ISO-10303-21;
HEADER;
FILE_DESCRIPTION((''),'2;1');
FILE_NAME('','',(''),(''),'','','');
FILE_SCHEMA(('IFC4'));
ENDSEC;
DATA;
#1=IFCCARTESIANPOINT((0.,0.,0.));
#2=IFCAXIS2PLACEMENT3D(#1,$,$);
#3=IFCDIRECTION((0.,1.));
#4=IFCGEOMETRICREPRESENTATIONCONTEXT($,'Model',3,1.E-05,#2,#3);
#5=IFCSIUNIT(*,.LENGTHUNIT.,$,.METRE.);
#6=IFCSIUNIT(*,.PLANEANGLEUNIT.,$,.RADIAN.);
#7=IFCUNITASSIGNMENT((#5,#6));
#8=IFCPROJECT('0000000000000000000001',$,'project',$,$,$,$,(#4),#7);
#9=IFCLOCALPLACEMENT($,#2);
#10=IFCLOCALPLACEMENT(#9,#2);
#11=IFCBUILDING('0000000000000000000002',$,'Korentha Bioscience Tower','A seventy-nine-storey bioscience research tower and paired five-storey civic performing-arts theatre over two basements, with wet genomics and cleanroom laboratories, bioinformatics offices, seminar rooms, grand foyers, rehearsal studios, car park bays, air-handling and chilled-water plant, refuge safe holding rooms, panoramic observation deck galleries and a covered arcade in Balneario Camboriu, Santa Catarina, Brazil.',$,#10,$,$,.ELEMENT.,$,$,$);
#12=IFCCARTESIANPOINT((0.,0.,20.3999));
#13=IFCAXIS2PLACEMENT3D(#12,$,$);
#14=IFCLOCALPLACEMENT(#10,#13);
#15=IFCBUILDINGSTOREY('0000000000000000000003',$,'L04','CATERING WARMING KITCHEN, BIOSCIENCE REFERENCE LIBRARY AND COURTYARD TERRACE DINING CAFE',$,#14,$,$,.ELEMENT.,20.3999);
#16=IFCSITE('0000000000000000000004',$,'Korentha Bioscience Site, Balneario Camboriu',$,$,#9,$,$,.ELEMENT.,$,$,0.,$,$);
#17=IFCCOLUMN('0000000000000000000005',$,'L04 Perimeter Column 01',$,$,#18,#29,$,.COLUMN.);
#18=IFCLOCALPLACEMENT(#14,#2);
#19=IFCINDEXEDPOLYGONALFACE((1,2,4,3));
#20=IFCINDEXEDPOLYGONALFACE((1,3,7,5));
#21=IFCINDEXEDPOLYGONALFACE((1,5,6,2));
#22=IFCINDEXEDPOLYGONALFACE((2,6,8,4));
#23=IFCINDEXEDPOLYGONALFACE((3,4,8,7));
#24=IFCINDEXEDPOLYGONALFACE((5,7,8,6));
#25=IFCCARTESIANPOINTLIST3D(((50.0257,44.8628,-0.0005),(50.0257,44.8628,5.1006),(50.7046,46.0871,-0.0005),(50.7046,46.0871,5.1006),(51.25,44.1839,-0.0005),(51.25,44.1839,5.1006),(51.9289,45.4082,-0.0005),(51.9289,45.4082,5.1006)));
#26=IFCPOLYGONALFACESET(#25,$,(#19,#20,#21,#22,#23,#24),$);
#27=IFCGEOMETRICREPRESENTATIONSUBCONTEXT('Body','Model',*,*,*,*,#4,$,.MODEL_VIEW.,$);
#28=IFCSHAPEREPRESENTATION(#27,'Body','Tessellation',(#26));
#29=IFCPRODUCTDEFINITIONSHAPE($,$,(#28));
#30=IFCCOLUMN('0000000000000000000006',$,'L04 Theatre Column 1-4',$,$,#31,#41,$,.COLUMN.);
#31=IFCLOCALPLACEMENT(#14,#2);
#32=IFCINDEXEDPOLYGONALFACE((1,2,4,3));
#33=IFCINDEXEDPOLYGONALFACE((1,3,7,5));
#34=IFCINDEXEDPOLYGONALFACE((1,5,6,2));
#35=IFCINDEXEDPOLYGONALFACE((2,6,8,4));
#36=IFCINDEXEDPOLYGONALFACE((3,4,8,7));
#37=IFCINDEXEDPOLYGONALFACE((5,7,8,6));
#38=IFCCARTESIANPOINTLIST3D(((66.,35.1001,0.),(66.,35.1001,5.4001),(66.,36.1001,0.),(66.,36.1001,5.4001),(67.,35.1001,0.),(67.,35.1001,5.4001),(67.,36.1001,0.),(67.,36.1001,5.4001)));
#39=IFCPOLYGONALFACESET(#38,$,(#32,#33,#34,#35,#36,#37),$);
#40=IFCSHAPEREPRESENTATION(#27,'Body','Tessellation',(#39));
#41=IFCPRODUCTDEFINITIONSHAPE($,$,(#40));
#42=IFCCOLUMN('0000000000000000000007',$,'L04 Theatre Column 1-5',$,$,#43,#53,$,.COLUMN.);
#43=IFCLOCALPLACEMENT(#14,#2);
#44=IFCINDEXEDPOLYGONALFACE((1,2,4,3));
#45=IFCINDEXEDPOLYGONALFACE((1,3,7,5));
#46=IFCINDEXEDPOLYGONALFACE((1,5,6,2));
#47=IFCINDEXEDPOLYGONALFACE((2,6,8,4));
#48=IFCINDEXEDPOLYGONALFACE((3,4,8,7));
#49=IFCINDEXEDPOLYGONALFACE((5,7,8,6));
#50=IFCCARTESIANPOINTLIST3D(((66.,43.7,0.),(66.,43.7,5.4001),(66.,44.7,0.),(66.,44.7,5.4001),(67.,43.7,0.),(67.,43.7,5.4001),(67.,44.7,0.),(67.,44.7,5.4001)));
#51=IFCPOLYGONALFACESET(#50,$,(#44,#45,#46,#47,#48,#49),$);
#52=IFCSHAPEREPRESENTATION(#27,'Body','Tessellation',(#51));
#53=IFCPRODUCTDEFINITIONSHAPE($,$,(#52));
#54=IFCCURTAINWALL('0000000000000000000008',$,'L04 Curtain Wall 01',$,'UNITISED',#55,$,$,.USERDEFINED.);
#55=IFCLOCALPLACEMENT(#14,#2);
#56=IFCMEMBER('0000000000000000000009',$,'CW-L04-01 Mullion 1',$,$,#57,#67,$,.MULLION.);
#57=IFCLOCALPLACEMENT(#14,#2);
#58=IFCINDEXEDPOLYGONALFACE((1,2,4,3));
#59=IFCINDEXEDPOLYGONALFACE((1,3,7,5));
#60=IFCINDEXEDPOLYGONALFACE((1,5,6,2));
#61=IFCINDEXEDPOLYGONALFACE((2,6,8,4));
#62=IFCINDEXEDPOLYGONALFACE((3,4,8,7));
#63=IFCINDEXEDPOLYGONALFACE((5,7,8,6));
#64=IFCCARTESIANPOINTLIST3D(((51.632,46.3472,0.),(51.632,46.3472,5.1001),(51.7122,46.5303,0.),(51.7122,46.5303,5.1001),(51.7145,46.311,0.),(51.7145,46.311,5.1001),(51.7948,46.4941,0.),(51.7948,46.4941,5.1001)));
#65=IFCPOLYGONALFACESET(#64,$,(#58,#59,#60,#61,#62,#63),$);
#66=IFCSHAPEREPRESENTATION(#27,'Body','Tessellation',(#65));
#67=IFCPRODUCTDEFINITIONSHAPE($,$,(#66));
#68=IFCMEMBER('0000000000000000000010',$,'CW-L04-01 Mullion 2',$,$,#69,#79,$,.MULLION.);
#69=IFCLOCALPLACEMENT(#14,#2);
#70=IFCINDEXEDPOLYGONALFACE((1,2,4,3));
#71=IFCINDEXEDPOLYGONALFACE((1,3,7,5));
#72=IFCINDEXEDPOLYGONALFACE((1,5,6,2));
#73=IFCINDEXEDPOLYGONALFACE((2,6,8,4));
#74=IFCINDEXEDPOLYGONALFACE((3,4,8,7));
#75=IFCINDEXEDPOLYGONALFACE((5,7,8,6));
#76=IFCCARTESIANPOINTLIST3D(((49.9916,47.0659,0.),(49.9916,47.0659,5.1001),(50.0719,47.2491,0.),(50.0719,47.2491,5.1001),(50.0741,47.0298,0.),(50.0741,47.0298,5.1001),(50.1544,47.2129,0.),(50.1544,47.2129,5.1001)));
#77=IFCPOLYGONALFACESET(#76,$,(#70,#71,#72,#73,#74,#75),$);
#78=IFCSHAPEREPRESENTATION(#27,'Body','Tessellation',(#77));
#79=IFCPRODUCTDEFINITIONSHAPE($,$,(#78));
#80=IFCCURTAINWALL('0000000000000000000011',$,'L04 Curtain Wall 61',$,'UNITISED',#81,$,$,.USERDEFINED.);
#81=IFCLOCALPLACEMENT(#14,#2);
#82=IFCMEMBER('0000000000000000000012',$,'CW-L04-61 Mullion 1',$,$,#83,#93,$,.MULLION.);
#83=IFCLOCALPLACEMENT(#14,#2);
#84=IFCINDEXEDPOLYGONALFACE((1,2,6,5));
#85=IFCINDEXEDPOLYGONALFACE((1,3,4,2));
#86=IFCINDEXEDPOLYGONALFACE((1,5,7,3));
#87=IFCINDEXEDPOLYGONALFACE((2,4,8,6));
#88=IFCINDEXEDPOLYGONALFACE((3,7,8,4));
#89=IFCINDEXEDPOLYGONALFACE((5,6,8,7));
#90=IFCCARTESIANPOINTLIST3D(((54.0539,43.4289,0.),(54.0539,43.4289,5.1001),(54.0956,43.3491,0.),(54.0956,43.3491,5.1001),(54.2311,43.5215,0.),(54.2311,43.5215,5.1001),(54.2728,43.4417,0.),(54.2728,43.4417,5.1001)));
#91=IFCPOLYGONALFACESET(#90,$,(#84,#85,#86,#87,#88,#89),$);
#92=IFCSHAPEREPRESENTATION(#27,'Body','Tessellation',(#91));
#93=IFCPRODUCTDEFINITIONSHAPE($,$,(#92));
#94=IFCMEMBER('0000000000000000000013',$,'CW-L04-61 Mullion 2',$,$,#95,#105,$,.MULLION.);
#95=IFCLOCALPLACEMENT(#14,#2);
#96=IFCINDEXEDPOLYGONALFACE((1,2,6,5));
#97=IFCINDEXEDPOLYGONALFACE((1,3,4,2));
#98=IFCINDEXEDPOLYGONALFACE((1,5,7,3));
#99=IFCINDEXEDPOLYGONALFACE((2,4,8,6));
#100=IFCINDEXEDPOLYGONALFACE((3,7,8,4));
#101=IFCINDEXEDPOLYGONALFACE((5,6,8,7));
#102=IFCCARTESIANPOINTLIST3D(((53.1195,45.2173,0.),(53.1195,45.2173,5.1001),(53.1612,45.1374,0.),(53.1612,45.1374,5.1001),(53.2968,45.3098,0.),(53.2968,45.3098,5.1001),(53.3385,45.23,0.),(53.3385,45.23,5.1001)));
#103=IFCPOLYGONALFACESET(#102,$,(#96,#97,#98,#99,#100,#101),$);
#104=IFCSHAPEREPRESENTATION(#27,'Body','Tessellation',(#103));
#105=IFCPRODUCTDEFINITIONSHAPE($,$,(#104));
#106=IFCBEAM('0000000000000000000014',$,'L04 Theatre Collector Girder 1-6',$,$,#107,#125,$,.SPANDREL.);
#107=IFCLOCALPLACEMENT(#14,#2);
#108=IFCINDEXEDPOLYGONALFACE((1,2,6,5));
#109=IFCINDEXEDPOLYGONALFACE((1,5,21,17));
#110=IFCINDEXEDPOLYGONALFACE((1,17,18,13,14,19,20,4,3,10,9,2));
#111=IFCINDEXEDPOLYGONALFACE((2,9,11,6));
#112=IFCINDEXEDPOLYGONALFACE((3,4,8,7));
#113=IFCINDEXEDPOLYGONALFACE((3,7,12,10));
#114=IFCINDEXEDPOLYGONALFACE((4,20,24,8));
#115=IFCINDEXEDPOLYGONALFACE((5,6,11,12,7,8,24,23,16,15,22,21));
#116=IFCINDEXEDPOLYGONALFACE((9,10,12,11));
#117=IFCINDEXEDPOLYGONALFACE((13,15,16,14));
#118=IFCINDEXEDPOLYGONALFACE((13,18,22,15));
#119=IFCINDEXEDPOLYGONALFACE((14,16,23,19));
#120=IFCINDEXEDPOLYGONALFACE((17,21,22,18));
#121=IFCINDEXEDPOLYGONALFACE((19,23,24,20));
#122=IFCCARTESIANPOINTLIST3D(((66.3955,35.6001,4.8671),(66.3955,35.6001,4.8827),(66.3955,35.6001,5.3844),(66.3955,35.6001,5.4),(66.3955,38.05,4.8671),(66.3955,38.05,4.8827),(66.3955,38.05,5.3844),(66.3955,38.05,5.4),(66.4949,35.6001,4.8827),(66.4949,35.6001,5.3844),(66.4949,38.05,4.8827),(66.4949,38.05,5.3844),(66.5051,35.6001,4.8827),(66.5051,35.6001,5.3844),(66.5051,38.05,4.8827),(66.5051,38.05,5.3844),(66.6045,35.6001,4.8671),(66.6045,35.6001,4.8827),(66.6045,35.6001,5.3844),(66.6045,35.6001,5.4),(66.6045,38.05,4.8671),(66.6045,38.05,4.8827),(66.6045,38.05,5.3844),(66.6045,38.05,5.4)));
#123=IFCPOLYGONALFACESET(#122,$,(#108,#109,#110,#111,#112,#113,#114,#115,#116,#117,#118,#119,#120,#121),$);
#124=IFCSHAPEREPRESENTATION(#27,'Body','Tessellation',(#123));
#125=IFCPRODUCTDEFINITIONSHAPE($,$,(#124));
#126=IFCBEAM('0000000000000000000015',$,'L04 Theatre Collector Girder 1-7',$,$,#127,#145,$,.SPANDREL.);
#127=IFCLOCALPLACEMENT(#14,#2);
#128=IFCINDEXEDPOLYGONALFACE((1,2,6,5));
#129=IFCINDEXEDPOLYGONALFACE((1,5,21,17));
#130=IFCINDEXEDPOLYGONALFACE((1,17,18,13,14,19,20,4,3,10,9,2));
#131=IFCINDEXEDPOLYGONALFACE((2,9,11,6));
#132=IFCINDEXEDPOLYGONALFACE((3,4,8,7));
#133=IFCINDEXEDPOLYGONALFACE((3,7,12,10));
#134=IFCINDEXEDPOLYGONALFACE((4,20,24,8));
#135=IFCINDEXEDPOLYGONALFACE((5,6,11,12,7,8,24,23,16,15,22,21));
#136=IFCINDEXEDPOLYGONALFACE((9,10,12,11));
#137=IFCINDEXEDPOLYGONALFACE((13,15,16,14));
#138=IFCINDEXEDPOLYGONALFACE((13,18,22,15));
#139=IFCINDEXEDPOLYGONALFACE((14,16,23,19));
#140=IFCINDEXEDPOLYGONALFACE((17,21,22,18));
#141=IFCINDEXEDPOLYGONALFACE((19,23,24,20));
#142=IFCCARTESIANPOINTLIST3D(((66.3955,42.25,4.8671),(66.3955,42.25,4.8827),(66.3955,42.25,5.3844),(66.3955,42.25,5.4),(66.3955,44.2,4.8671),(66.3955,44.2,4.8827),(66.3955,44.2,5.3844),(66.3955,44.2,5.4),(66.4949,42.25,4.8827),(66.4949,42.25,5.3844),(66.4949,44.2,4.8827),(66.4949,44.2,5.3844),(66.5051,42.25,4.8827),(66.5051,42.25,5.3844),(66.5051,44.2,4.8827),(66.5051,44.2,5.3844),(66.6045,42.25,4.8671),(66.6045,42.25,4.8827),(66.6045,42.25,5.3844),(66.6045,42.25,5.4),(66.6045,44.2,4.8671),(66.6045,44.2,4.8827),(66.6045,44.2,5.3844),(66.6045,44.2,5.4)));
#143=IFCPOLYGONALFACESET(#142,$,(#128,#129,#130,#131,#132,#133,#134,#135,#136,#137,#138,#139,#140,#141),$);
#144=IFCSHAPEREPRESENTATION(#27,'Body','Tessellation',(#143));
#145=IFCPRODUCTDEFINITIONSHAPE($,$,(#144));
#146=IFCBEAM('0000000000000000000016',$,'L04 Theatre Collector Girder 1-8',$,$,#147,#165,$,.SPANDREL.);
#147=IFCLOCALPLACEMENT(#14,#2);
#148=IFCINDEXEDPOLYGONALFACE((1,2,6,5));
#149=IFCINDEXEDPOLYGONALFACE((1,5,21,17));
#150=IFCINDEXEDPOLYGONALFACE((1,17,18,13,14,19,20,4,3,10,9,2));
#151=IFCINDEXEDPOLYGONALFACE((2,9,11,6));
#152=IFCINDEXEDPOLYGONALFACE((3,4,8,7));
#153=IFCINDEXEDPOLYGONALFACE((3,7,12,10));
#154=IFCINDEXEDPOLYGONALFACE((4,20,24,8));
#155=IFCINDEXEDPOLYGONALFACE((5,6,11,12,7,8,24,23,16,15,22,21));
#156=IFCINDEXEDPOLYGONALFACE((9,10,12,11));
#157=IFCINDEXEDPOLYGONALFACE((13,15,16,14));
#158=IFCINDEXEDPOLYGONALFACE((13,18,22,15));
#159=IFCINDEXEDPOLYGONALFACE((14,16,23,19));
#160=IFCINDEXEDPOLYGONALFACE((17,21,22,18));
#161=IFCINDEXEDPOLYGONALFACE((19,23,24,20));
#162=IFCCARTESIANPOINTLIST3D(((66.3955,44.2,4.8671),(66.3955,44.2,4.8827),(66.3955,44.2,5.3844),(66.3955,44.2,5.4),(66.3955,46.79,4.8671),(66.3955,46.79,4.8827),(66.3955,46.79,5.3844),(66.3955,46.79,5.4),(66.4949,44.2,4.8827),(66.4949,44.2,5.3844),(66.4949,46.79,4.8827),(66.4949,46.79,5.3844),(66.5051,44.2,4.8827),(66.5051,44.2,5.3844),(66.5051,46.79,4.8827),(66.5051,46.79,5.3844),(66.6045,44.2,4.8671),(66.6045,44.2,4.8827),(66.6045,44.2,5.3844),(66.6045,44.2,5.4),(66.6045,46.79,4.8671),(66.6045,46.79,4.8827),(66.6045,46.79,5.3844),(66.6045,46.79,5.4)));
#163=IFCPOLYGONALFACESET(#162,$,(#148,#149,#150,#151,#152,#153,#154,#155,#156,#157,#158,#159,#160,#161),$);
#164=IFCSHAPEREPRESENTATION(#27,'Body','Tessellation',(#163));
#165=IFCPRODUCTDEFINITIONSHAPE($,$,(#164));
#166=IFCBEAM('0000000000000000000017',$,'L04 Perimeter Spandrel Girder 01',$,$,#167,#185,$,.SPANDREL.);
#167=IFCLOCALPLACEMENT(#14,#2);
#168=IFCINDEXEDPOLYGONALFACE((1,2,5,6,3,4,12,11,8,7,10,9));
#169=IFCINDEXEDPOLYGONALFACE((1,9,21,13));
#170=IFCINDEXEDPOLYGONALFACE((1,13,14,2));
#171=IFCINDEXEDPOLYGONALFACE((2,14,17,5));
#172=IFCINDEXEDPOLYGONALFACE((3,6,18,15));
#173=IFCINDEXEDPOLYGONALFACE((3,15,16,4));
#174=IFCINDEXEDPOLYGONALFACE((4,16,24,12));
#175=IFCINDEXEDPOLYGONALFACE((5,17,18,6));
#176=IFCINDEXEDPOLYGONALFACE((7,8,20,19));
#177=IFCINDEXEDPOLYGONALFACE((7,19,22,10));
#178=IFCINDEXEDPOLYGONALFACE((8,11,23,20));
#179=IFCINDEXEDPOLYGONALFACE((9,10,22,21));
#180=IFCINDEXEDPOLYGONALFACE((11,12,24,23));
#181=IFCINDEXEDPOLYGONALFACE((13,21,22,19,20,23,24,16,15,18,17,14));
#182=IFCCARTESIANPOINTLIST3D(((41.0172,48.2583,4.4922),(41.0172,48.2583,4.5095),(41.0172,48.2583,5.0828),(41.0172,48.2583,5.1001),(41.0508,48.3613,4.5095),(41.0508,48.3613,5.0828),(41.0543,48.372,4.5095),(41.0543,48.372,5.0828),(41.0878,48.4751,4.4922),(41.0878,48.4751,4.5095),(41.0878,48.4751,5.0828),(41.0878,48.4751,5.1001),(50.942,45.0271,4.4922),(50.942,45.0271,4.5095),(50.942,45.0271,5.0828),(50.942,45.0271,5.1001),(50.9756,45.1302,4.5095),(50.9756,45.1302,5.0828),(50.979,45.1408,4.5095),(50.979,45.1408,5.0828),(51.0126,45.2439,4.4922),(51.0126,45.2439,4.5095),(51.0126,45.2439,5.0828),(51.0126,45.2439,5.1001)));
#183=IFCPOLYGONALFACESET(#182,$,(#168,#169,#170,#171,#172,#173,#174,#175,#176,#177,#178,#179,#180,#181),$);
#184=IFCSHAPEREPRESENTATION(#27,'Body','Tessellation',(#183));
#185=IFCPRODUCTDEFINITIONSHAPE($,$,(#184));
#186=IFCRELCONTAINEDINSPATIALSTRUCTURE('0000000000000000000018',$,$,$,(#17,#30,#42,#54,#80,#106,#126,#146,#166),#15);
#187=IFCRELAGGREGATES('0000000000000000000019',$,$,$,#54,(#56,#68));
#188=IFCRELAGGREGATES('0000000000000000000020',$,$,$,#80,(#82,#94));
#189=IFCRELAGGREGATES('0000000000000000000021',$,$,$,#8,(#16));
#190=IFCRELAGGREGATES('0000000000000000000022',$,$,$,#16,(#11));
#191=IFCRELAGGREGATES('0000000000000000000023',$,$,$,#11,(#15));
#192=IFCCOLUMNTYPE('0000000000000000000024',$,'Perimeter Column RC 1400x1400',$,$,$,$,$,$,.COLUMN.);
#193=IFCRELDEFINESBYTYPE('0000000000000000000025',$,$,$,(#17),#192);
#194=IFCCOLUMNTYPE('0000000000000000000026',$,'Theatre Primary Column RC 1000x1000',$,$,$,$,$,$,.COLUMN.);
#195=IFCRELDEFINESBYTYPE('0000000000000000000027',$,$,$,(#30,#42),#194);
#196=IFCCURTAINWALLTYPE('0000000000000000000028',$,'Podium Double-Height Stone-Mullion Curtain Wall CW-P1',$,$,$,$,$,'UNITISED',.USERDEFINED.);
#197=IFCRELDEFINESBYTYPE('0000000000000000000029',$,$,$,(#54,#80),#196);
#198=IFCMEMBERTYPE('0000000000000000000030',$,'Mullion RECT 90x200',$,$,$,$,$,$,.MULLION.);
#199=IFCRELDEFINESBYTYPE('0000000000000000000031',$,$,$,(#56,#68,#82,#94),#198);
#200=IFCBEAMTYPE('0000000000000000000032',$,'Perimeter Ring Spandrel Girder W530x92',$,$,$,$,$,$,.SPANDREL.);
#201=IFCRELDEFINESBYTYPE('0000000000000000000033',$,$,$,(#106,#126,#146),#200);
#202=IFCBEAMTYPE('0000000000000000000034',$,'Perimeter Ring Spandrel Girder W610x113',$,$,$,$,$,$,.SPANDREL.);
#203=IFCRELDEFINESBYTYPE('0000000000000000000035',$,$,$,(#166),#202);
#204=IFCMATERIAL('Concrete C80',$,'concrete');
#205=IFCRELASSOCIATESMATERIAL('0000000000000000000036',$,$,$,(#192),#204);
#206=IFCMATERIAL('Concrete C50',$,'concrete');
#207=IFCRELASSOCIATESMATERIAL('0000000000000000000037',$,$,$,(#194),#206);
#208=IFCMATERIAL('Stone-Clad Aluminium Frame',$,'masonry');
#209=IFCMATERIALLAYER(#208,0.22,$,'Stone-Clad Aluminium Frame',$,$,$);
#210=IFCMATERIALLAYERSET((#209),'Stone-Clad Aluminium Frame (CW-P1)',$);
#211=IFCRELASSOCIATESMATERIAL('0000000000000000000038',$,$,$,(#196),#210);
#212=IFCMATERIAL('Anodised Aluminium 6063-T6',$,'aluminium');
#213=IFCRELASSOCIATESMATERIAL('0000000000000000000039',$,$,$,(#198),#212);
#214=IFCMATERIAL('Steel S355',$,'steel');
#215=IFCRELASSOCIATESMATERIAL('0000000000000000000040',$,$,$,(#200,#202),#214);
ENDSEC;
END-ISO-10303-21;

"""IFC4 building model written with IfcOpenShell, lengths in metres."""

from ifc_helpers import new_model, si_unit, direction, frame, origin, origin_2d, place, context, subcontext, project, spatial, rectangle, i_section, extrude, material, layer, layer_set, material_profile, profile_set, type_object, element, aggregate, save


model = new_model("IFC4")

# Units and contexts
model_context = context("Model", 3, precision=1e-05, world=origin(), true_north=direction((0.0, 1.0)))
body_context = subcontext(model_context, "Body", "Model", "MODEL_VIEW")
ifc_project = project(units=[si_unit("LENGTHUNIT", "METRE"), si_unit("PLANEANGLEUNIT", "RADIAN")], contexts=[model_context])

# Site, building, storey
site_placement = place(None, origin())
site = spatial("IfcSite", under=ifc_project, at=site_placement, Name="Korentha Bioscience Site, Balneario Camboriu", CompositionType="ELEMENT", RefElevation=0.0)
building_placement = place(site_placement, origin())
building = spatial("IfcBuilding", under=site, at=building_placement, Name="Korentha Bioscience Tower", Description="A seventy-nine-storey bioscience research tower and paired five-storey civic performing-arts theatre over two basements, with wet genomics and cleanroom laboratories, bioinformatics offices, seminar rooms, grand foyers, rehearsal studios, car park bays, air-handling and chilled-water plant, refuge safe holding rooms, panoramic observation deck galleries and a covered arcade in Balneario Camboriu, Santa Catarina, Brazil.", CompositionType="ELEMENT")
storey_placement = place(building_placement, frame((0.0, 0.0, 20.3999)))
storey = spatial("IfcBuildingStorey", under=building, at=storey_placement, Name="L04", Description="CATERING WARMING KITCHEN, BIOSCIENCE REFERENCE LIBRARY AND COURTYARD TERRACE DINING CAFE", CompositionType="ELEMENT", Elevation=20.3999)

# Columns
ifc_material_1 = material(Name="Concrete C80", Category="concrete")
ifc_material_profile_1 = material_profile(ifc_material_1, rectangle(XDim=1.3999, YDim=1.3999, at=origin_2d()), Name="Concrete C80")
ifc_profile_set_1 = profile_set([ifc_material_profile_1], Name="Concrete C80 (COL-P14)")
column_type_1 = type_object("IfcColumnType", Name="Perimeter Column RC 1400x1400", PredefinedType="COLUMN", material=ifc_profile_set_1)
column_placement = place(storey_placement, frame((50.9773, 45.1355, -0.0005), z_axis=(0.0, 0.0, 1.0), x_axis=(-0.874535, 0.484962, 0.0)))
element("IfcColumn", 1, at=column_placement, inside=storey, type_object=column_type_1, Name="L04 Perimeter Column 01", PredefinedType="COLUMN", context=body_context, shape_type="SweptSolid", body=[
    extrude(rectangle(XDim=1.3999, YDim=1.3999, at=origin_2d()), origin(), (0.0, 0.0, 1.0), 5.1011),
])
ifc_material_2 = material(Name="Concrete C50", Category="concrete")
ifc_material_profile_2 = material_profile(ifc_material_2, rectangle(XDim=1.0, YDim=1.0, at=origin_2d()), Name="Concrete C50")
ifc_profile_set_2 = profile_set([ifc_material_profile_2], Name="Concrete C50 (TC-01)")
column_type_2 = type_object("IfcColumnType", Name="Theatre Primary Column RC 1000x1000", PredefinedType="COLUMN", material=ifc_profile_set_2)
for number, where, z_axis, x_axis, name in (
    (2, (66.5, 35.6001, 0.0), (0.0, 0.0, 1.0), (1.0, 0.0, 0.0), "L04 Theatre Column 1-4"),
    (3, (66.5, 44.2, 0.0), (0.0, 0.0, 1.0), (1.0, 0.0, 0.0), "L04 Theatre Column 1-5"),
):
    element("IfcColumn", number, at=place(storey_placement, frame(where, z_axis=z_axis, x_axis=x_axis)), inside=storey, type_object=column_type_2, Name=name, PredefinedType="COLUMN", context=body_context, shape_type="SweptSolid", body=[
        extrude(rectangle(XDim=1.0, YDim=1.0, at=origin_2d()), origin(), (0.0, 0.0, 1.0), 5.4001),
    ])

# Curtain walls, members
ifc_material_3 = material(Name="Stone-Clad Aluminium Frame", Category="masonry")
ifc_layer_1 = layer(ifc_material_3, 0.22, Name="Stone-Clad Aluminium Frame")
ifc_layer_set_1 = layer_set([ifc_layer_1], Name="Stone-Clad Aluminium Frame (CW-P1)")
curtain_wall_type = type_object("IfcCurtainWallType", Name="Podium Double-Height Stone-Mullion Curtain Wall CW-P1", ElementType="UNITISED", PredefinedType="USERDEFINED", material=ifc_layer_set_1)
curtain_wall_1_placement = place(storey_placement, origin())
curtain_wall_1 = element("IfcCurtainWall", 4, at=curtain_wall_1_placement, inside=storey, type_object=curtain_wall_type, Name="L04 Curtain Wall 01", ObjectType="UNITISED", PredefinedType="USERDEFINED")
ifc_material_4 = material(Name="Anodised Aluminium 6063-T6", Category="aluminium")
ifc_material_profile_3 = material_profile(ifc_material_4, rectangle(XDim=0.0901, YDim=0.2, at=origin_2d()), Name="Anodised Aluminium 6063-T6")
ifc_profile_set_3 = profile_set([ifc_material_profile_3], Name="Anodised Aluminium 6063-T6 (CW-MUL)")
member_type_1 = type_object("IfcMemberType", Name="Mullion RECT 90x200", PredefinedType="MULLION", material=ifc_profile_set_3)
member_1_placement = place(storey_placement, frame((51.7134, 46.4207, 0.0), z_axis=(0.0, 0.0, 1.0), x_axis=(-0.915939, 0.401317, 0.0)))
member_1 = element("IfcMember", 5, at=member_1_placement, type_object=member_type_1, Name="CW-L04-01 Mullion 1", PredefinedType="MULLION", context=body_context, shape_type="SweptSolid", body=[
    extrude(rectangle(XDim=0.0901, YDim=0.2, at=origin_2d()), origin(), (0.0, 0.0, 1.0), 5.1001),
])
member_2_placement = place(storey_placement, frame((50.073, 47.1394, 0.0), z_axis=(0.0, 0.0, 1.0), x_axis=(-0.915939, 0.401317, 0.0)))
member_2 = element("IfcMember", 6, at=member_2_placement, type_object=member_type_1, Name="CW-L04-01 Mullion 2", PredefinedType="MULLION", context=body_context, shape_type="SweptSolid", body=[
    extrude(rectangle(XDim=0.0901, YDim=0.2, at=origin_2d()), origin(), (0.0, 0.0, 1.0), 5.1001),
])
curtain_wall_2_placement = place(storey_placement, origin())
curtain_wall_2 = element("IfcCurtainWall", 7, at=curtain_wall_2_placement, inside=storey, type_object=curtain_wall_type, Name="L04 Curtain Wall 61", ObjectType="UNITISED", PredefinedType="USERDEFINED")
member_3_placement = place(storey_placement, frame((54.1633, 43.4353, 0.0), z_axis=(0.0, 0.0, 1.0), x_axis=(-0.463009, 0.886354, 0.0)))
member_3 = element("IfcMember", 8, at=member_3_placement, type_object=member_type_1, Name="CW-L04-61 Mullion 1", PredefinedType="MULLION", context=body_context, shape_type="SweptSolid", body=[
    extrude(rectangle(XDim=0.0901, YDim=0.2, at=origin_2d()), origin(), (0.0, 0.0, 1.0), 5.1001),
])
member_4_placement = place(storey_placement, frame((53.229, 45.2236, 0.0), z_axis=(0.0, 0.0, 1.0), x_axis=(-0.463009, 0.886354, 0.0)))
member_4 = element("IfcMember", 9, at=member_4_placement, type_object=member_type_1, Name="CW-L04-61 Mullion 2", PredefinedType="MULLION", context=body_context, shape_type="SweptSolid", body=[
    extrude(rectangle(XDim=0.0901, YDim=0.2, at=origin_2d()), origin(), (0.0, 0.0, 1.0), 5.1001),
])

# Beams
ifc_material_5 = material(Name="Steel S355", Category="steel")
ifc_material_profile_4 = material_profile(ifc_material_5, i_section(OverallWidth=0.209, OverallDepth=0.533, WebThickness=0.0103, FlangeThickness=0.0156, at=origin_2d()), Name="Steel S355")
ifc_profile_set_4 = profile_set([ifc_material_profile_4], Name="Steel S355 (SB-530)")
beam_type_1 = type_object("IfcBeamType", Name="Perimeter Ring Spandrel Girder W530x92", PredefinedType="SPANDREL", material=ifc_profile_set_4)
beam_1_placement = place(storey_placement, frame((66.5, 35.6001, 5.1335), z_axis=(0.0, 1.0, 0.0), x_axis=(-1.0, 0.0, 0.0)))
element("IfcBeam", 10, at=beam_1_placement, inside=storey, type_object=beam_type_1, Name="L04 Theatre Collector Girder 1-6", PredefinedType="SPANDREL", context=body_context, shape_type="SweptSolid", body=[
    extrude(i_section(OverallWidth=0.209, OverallDepth=0.533, WebThickness=0.0103, FlangeThickness=0.0156, at=origin_2d()), origin(), (0.0, 0.0, 1.0), 2.45),
])
beam_2_placement = place(storey_placement, frame((66.5, 42.25, 5.1335), z_axis=(0.0, 1.0, 0.0), x_axis=(-1.0, 0.0, 0.0)))
element("IfcBeam", 11, at=beam_2_placement, inside=storey, type_object=beam_type_1, Name="L04 Theatre Collector Girder 1-7", PredefinedType="SPANDREL", context=body_context, shape_type="SweptSolid", body=[
    extrude(i_section(OverallWidth=0.209, OverallDepth=0.533, WebThickness=0.0103, FlangeThickness=0.0156, at=origin_2d()), origin(), (0.0, 0.0, 1.0), 1.95),
])
beam_3_placement = place(storey_placement, frame((66.5, 44.2, 5.1335), z_axis=(0.0, 1.0, 0.0), x_axis=(-1.0, 0.0, 0.0)))
element("IfcBeam", 12, at=beam_3_placement, inside=storey, type_object=beam_type_1, Name="L04 Theatre Collector Girder 1-8", PredefinedType="SPANDREL", context=body_context, shape_type="SweptSolid", body=[
    extrude(i_section(OverallWidth=0.209, OverallDepth=0.533, WebThickness=0.0103, FlangeThickness=0.0156, at=origin_2d()), origin(), (0.0, 0.0, 1.0), 2.5901),
])
ifc_material_profile_5 = material_profile(ifc_material_5, i_section(OverallWidth=0.228, OverallDepth=0.6079, WebThickness=0.0112, FlangeThickness=0.0173, at=origin_2d()), Name="Steel S355")
ifc_profile_set_5 = profile_set([ifc_material_profile_5], Name="Steel S355 (SB-610)")
beam_type_2 = type_object("IfcBeamType", Name="Perimeter Ring Spandrel Girder W610x113", PredefinedType="SPANDREL", material=ifc_profile_set_5)
beam_4_placement = place(storey_placement, frame((50.9773, 45.1355, 4.7961), z_axis=(-0.950875, 0.309575, 0.0), x_axis=(-0.309575, -0.950875, 0.0)))
element("IfcBeam", 13, at=beam_4_placement, inside=storey, type_object=beam_type_2, Name="L04 Perimeter Spandrel Girder 01", PredefinedType="SPANDREL", context=body_context, shape_type="SweptSolid", body=[
    extrude(i_section(OverallWidth=0.228, OverallDepth=0.6079, WebThickness=0.0112, FlangeThickness=0.0173, at=origin_2d()), origin(), (0.0, 0.0, 1.0), 10.4375),
])

aggregate(curtain_wall_1, [member_1, member_2])
aggregate(curtain_wall_2, [member_3, member_4])

save(model, "model.ifc")
